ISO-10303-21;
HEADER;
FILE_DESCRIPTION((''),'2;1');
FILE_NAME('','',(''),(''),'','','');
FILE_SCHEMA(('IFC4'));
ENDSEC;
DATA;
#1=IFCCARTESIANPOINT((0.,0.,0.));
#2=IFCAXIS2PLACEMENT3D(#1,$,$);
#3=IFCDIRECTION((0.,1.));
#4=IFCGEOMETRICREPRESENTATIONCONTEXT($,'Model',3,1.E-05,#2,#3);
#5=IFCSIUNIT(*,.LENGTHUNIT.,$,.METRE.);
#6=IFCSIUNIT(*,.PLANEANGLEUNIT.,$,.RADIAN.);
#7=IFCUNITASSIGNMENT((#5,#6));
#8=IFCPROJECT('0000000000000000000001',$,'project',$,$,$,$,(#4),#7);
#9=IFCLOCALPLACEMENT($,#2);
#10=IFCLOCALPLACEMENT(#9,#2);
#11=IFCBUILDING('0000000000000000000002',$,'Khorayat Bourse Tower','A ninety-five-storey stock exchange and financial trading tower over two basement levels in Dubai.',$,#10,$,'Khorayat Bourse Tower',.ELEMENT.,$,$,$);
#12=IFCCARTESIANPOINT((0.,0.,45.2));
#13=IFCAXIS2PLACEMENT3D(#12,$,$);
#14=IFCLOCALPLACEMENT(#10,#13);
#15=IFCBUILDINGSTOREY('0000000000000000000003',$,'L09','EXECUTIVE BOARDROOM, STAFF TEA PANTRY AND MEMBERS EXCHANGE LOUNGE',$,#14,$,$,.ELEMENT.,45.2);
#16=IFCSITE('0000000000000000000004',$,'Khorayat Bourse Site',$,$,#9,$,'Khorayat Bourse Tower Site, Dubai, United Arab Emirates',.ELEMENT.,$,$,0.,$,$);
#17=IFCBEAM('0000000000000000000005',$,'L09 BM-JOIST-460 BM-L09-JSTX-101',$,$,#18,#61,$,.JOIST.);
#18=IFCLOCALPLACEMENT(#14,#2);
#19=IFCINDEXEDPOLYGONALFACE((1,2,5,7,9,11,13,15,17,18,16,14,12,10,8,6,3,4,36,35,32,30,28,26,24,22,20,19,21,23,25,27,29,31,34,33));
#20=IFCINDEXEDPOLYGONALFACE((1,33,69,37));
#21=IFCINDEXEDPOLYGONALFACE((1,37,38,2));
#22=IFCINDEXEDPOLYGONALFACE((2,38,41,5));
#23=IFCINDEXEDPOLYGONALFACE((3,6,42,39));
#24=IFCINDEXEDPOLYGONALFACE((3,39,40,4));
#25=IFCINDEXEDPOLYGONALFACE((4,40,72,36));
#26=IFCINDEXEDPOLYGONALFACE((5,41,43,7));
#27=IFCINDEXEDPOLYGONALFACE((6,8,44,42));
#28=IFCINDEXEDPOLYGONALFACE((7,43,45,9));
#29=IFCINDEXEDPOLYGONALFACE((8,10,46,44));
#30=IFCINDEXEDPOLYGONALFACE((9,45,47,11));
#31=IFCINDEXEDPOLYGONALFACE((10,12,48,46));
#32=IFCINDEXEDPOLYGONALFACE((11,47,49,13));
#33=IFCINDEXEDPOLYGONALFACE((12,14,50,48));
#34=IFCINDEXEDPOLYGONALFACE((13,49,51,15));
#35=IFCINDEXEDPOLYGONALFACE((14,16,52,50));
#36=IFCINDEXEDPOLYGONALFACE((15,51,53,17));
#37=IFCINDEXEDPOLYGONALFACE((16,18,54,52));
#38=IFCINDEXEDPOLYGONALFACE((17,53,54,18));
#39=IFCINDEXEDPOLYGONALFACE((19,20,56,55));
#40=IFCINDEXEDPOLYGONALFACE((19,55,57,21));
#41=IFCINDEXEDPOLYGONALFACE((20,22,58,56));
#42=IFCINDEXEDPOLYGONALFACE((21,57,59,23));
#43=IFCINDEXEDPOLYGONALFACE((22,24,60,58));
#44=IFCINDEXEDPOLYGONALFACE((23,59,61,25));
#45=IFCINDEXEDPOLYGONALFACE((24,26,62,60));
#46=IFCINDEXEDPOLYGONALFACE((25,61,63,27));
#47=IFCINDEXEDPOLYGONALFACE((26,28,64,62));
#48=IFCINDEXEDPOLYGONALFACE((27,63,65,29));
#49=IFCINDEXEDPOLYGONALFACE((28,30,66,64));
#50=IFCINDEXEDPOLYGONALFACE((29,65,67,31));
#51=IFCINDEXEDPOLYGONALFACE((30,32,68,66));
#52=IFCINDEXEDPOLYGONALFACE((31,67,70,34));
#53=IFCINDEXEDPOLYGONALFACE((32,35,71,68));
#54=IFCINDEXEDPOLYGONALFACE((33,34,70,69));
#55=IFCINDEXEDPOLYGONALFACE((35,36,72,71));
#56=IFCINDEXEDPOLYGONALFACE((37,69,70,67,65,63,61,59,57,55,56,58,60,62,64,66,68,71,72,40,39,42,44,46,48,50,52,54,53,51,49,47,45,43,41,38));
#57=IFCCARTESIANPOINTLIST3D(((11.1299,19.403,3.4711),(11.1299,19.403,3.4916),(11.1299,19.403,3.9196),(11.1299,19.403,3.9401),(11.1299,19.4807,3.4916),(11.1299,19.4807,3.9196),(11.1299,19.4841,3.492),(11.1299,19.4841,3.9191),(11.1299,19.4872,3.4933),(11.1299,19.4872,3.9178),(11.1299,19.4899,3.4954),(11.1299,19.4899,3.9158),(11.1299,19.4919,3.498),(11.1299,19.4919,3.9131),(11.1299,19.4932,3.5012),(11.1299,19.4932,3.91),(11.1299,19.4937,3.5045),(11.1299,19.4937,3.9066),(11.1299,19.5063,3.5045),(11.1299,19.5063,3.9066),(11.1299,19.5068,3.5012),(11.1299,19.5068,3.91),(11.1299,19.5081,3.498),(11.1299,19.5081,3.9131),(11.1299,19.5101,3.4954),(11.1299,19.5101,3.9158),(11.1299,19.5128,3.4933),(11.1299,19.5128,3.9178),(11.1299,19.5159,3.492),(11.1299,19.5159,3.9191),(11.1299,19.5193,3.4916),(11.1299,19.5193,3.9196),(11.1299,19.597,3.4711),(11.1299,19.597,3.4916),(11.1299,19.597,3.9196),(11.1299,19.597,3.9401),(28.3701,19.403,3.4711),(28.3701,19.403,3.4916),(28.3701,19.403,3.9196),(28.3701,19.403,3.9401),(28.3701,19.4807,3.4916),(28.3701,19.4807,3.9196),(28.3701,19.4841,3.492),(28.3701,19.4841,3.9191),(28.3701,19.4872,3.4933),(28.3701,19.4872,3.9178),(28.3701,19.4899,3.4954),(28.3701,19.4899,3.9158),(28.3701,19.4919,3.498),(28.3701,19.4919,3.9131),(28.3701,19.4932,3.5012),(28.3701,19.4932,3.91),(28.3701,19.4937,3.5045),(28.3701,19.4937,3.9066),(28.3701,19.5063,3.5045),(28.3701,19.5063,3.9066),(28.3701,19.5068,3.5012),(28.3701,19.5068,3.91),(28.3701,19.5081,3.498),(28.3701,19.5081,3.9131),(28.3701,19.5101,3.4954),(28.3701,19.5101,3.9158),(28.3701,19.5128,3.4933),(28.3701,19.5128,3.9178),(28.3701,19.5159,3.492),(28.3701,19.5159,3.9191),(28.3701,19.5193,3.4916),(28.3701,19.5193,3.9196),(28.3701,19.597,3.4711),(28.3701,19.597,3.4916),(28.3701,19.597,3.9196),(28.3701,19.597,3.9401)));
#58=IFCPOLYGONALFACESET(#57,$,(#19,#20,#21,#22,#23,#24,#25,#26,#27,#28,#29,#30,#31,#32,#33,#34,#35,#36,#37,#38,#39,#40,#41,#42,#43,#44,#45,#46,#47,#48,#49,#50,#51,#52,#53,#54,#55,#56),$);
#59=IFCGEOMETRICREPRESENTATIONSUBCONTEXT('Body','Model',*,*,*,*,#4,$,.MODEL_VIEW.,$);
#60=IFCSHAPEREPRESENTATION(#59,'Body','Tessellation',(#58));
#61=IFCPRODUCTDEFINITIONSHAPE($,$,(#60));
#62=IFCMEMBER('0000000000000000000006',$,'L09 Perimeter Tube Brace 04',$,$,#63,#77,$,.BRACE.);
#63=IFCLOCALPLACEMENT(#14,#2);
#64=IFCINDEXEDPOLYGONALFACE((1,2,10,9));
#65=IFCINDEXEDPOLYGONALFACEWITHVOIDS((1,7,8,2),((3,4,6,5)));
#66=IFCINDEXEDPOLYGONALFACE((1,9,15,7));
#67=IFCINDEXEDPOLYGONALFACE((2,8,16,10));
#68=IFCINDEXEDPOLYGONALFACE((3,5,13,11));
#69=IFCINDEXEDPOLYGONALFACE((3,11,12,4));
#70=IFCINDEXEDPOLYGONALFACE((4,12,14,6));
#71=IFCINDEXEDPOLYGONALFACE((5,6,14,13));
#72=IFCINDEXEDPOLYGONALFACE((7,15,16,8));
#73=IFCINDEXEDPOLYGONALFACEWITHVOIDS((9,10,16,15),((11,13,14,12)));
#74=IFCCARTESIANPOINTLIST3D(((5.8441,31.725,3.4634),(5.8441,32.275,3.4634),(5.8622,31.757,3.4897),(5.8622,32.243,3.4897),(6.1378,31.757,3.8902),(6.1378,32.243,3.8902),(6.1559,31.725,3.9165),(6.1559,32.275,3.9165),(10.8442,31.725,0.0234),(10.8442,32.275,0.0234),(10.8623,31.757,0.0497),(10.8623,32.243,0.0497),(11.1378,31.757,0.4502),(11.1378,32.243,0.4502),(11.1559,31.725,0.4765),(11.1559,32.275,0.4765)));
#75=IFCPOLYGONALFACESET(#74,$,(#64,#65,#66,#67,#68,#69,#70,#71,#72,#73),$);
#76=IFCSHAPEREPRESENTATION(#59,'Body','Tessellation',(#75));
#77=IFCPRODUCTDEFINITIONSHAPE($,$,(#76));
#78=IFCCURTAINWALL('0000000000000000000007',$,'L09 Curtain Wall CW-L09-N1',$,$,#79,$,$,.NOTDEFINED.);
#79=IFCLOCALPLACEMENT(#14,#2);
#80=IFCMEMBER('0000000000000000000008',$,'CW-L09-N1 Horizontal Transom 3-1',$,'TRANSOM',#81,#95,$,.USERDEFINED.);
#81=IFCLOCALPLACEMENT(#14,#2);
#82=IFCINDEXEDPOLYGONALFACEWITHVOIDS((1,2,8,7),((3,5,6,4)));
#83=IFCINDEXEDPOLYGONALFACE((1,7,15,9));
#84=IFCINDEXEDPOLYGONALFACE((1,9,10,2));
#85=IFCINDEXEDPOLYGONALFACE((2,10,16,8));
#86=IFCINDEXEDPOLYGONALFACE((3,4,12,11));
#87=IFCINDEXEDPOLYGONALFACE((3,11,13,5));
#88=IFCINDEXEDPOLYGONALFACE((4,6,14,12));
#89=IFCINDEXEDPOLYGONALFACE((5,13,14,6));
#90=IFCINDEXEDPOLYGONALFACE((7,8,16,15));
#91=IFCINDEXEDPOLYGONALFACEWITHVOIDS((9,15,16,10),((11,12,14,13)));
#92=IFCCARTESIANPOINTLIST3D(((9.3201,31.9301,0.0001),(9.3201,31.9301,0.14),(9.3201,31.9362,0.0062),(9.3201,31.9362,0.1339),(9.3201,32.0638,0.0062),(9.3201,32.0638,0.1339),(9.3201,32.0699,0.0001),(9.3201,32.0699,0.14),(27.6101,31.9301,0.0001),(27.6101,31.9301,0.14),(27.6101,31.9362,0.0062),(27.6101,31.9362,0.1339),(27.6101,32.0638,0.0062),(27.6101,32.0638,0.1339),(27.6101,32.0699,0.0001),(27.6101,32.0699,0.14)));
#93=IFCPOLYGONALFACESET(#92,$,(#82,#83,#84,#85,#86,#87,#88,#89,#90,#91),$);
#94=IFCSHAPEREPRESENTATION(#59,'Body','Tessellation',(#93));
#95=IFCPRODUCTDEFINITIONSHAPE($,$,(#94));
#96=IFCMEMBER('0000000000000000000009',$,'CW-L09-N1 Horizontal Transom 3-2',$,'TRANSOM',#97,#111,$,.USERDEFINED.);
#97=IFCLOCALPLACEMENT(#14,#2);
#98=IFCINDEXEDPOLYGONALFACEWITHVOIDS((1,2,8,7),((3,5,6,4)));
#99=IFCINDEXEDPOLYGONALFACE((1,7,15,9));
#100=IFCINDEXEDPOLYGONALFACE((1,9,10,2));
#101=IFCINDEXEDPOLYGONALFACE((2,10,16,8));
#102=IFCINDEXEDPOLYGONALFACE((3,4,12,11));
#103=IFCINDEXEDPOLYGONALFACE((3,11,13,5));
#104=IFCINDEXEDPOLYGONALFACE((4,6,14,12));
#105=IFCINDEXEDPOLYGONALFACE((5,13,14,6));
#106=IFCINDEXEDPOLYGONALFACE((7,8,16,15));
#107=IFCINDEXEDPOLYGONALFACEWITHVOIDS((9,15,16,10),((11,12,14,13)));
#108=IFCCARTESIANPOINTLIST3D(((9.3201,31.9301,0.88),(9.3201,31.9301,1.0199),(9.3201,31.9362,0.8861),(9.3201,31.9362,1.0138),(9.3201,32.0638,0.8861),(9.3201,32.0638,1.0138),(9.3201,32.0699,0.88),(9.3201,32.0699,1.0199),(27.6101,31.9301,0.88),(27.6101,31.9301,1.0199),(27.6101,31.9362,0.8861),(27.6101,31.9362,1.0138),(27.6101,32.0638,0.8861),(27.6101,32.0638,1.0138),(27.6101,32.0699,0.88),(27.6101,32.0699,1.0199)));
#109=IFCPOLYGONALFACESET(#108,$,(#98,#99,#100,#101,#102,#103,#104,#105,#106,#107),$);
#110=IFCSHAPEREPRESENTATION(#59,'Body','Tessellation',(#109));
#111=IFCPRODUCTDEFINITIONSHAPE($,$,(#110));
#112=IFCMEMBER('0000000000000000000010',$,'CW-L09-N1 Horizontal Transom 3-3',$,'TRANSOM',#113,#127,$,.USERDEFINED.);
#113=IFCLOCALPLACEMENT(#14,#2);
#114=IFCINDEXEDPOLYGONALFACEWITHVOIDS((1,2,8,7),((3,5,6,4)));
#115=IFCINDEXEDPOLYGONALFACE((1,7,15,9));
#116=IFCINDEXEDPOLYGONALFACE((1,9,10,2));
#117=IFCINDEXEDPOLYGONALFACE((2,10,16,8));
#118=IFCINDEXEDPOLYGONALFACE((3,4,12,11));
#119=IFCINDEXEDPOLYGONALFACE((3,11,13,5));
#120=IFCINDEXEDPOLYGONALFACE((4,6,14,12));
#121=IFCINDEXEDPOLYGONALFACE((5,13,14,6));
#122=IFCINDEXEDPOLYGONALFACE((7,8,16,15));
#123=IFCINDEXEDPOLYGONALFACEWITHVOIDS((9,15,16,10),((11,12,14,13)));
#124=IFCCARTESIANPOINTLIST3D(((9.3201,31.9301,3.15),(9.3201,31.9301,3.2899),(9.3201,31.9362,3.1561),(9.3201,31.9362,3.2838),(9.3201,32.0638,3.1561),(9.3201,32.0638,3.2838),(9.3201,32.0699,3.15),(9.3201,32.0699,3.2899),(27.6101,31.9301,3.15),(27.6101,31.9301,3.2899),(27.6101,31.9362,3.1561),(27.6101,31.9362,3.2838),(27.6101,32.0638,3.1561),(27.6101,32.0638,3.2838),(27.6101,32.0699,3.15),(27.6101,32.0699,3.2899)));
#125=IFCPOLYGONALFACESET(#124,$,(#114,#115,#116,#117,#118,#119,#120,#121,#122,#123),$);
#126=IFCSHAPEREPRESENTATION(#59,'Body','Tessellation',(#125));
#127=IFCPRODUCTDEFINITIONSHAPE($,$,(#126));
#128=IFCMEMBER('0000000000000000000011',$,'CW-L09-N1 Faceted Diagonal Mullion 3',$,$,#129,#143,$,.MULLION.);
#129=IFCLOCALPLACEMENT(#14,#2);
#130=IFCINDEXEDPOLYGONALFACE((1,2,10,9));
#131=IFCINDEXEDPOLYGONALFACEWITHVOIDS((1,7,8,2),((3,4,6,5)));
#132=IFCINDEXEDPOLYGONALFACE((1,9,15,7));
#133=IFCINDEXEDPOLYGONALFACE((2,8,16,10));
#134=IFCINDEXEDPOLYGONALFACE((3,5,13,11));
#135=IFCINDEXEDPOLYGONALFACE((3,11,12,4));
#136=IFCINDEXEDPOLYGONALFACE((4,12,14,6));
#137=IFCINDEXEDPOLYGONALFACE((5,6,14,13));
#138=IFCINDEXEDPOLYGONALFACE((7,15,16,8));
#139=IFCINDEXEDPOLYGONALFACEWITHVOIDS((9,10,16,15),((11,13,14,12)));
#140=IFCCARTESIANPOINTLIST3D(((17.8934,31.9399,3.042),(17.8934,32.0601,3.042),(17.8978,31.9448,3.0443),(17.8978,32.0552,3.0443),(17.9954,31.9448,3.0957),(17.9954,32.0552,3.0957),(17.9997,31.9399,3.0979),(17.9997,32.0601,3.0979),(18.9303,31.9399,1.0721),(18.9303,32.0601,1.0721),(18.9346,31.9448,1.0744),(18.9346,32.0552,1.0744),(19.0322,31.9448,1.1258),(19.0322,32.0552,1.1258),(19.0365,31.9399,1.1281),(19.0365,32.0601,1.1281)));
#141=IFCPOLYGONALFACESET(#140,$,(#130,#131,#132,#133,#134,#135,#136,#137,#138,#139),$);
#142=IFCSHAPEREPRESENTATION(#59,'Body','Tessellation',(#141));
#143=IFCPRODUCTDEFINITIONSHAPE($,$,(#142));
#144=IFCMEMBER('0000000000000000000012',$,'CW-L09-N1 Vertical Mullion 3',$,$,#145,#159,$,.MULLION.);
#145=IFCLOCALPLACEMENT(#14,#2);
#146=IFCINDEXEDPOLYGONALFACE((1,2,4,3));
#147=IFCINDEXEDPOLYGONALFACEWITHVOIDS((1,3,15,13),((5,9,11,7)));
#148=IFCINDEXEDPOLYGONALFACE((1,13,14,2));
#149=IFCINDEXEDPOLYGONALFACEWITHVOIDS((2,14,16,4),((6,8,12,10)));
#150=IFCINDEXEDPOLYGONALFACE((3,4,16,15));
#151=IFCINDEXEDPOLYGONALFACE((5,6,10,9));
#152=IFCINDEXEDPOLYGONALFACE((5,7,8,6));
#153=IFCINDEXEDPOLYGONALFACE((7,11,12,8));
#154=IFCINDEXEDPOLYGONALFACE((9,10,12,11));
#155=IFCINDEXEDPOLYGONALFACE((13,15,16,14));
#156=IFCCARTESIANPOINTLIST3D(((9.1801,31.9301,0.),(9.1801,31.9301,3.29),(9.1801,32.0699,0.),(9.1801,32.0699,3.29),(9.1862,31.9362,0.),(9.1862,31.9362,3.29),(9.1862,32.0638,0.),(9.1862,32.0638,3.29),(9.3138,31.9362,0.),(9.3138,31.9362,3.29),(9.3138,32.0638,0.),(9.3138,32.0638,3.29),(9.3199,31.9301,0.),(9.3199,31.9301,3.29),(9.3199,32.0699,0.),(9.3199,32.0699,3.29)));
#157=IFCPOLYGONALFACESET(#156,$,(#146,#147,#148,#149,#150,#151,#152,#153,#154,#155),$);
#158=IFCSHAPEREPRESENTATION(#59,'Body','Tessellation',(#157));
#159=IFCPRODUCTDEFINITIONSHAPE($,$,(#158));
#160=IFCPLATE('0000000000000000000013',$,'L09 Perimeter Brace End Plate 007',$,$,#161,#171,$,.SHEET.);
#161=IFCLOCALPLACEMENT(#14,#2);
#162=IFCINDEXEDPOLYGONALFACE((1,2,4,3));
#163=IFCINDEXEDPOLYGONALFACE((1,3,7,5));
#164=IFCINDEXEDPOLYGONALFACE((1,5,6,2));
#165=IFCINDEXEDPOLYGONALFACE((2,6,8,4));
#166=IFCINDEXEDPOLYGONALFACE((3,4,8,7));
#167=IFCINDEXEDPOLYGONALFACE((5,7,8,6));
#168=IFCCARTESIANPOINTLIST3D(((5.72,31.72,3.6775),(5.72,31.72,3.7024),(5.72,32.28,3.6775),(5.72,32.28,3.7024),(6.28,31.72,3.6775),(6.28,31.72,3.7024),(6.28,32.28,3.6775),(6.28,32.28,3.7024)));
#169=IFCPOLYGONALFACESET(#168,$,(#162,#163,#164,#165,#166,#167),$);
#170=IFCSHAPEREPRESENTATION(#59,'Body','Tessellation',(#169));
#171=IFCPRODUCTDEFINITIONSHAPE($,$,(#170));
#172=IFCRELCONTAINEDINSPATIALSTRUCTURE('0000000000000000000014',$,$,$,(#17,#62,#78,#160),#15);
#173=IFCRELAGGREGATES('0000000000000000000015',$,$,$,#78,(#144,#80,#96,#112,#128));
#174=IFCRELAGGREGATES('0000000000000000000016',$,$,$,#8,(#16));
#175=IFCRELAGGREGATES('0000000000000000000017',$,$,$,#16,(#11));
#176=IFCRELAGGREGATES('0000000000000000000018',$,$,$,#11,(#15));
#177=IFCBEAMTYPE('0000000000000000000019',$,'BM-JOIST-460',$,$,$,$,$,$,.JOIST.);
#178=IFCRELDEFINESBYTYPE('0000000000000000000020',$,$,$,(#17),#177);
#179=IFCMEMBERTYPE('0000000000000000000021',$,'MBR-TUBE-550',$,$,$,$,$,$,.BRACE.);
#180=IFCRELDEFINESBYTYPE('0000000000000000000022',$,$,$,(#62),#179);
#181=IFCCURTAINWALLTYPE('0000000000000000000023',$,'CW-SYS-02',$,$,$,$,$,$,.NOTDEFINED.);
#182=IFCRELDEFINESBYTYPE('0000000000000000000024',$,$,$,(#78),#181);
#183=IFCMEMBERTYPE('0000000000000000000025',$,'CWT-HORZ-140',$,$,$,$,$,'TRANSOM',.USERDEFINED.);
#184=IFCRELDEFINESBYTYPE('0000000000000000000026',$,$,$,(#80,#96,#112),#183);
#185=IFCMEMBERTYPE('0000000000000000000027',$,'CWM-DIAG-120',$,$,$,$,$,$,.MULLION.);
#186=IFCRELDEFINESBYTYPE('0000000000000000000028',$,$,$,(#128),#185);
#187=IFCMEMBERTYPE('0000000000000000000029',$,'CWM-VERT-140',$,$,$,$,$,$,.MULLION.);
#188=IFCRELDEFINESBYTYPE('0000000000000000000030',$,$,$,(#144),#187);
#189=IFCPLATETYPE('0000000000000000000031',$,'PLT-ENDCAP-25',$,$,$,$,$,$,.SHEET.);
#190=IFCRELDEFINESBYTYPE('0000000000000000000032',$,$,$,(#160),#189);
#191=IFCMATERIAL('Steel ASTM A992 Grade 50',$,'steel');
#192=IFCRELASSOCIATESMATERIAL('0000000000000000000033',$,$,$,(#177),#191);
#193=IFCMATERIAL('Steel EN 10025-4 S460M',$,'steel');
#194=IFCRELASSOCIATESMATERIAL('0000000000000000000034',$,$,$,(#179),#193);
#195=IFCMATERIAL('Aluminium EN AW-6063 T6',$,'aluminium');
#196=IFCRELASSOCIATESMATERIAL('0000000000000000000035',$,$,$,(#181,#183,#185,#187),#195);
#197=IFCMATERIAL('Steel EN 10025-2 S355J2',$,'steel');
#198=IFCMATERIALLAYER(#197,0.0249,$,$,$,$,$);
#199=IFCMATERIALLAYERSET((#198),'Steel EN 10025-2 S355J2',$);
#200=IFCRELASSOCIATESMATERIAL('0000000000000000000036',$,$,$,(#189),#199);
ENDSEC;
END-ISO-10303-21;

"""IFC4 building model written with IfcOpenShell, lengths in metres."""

from ifc_helpers import new_model, si_unit, direction, frame, origin, origin_2d, place, context, subcontext, project, spatial, rectangle, hollow_rectangle, i_section, extrude, source, transform, mapped, material, layer, layer_set, material_profile, profile_set, type_object, element, aggregate, save


model = new_model("IFC4")

# Units and contexts
model_context = context("Model", 3, precision=1e-05, world=origin(), true_north=direction((0.0, 1.0)))
body_context = subcontext(model_context, "Body", "Model", "MODEL_VIEW")
ifc_project = project(units=[si_unit("LENGTHUNIT", "METRE"), si_unit("PLANEANGLEUNIT", "RADIAN")], contexts=[model_context])

# Site, building, storey
site_placement = place(None, origin())
site = spatial("IfcSite", under=ifc_project, at=site_placement, Name="Khorayat Bourse Site", LongName="Khorayat Bourse Tower Site, Dubai, United Arab Emirates", CompositionType="ELEMENT", RefElevation=0.0)
building_placement = place(site_placement, origin())
building = spatial("IfcBuilding", under=site, at=building_placement, Name="Khorayat Bourse Tower", Description="A ninety-five-storey stock exchange and financial trading tower over two basement levels in Dubai.", LongName="Khorayat Bourse Tower", CompositionType="ELEMENT")
storey_placement = place(building_placement, frame((0.0, 0.0, 45.2)))
storey = spatial("IfcBuildingStorey", under=building, at=storey_placement, Name="L09", Description="EXECUTIVE BOARDROOM, STAFF TEA PANTRY AND MEMBERS EXCHANGE LOUNGE", CompositionType="ELEMENT", Elevation=45.2)

# Shared definitions
ifc_material_1 = material(Name="Steel EN 10025-4 S460M", Category="steel")

# Beam
ifc_material_2 = material(Name="Steel ASTM A992 Grade 50", Category="steel")
ifc_material_profile_1 = material_profile(ifc_material_2, i_section(OverallWidth=0.1941, OverallDepth=0.469, WebThickness=0.0127, FlangeThickness=0.0205, FilletRadius=0.0129, at=origin_2d()), Name="W460X106")
ifc_profile_set_1 = profile_set([ifc_material_profile_1], Name="Steel ASTM A992 Grade 50")
beam_type_1 = type_object("IfcBeamType", Name="BM-JOIST-460", PredefinedType="JOIST", material=ifc_profile_set_1)
shared_shape_1 = source(origin(), body_context, "Body", "SweptSolid", [
    extrude(i_section(OverallWidth=0.1941, OverallDepth=0.469, WebThickness=0.0127, FlangeThickness=0.0205, FilletRadius=0.0129, at=origin_2d()), origin(), (0.0, 0.0, 1.0), 17.2402),
])
beam_1_placement = place(storey_placement, frame((11.1299, 19.5, 3.7056), z_axis=(1.0, 0.0, 0.0), x_axis=(0.0, 1.0, 0.0)))
element("IfcBeam", 1, at=beam_1_placement, inside=storey, type_object=beam_type_1, Name="L09 BM-JOIST-460 BM-L09-JSTX-101", PredefinedType="JOIST", context=body_context, shape_type="MappedRepresentation", body=[
    mapped(shared_shape_1, transform((0.0, 0.0, 0.0), scale=1.0)),
])

# Member
ifc_material_profile_2 = material_profile(ifc_material_1, hollow_rectangle(XDim=0.55, YDim=0.55, WallThickness=0.032, at=origin_2d()), Name="HSS 550x550x32")
ifc_profile_set_2 = profile_set([ifc_material_profile_2], Name="Steel EN 10025-4 S460M")
member_type_1 = type_object("IfcMemberType", Name="MBR-TUBE-550", PredefinedType="BRACE", material=ifc_profile_set_2)
shared_shape_2 = source(origin(), body_context, "Body", "SweptSolid", [
    extrude(hollow_rectangle(XDim=0.55, YDim=0.55, WallThickness=0.032, at=origin_2d()), origin(), (0.0, 0.0, 1.0), 6.0691),
])
member_1_placement = place(storey_placement, frame((6.0, 32.0, 3.6899), z_axis=(0.823854, 0.0, -0.566802), x_axis=(0.0, 1.0, 0.0)))
element("IfcMember", 2, at=member_1_placement, inside=storey, type_object=member_type_1, Name="L09 Perimeter Tube Brace 04", PredefinedType="BRACE", context=body_context, shape_type="MappedRepresentation", body=[
    mapped(shared_shape_2, transform((0.0, 0.0, 0.0), scale=1.0)),
])

# Curtain wall, members
ifc_material_3 = material(Name="Aluminium EN AW-6063 T6", Category="aluminium")
curtain_wall_type = type_object("IfcCurtainWallType", Name="CW-SYS-02", PredefinedType="NOTDEFINED", material=ifc_material_3)
curtain_wall_placement = place(storey_placement, origin())
curtain_wall = element("IfcCurtainWall", 3, at=curtain_wall_placement, inside=storey, type_object=curtain_wall_type, Name="L09 Curtain Wall CW-L09-N1", PredefinedType="NOTDEFINED")
ifc_material_profile_3 = material_profile(ifc_material_3, hollow_rectangle(XDim=0.1399, YDim=0.1399, WallThickness=0.0061, at=origin_2d()), Name="ALU 140x140x6")
ifc_profile_set_3 = profile_set([ifc_material_profile_3], Name="Aluminium EN AW-6063 T6")
member_type_2 = type_object("IfcMemberType", Name="CWT-HORZ-140", ElementType="TRANSOM", PredefinedType="USERDEFINED", material=ifc_profile_set_3)
shared_shape_3 = source(origin(), body_context, "Body", "SweptSolid", [
    extrude(hollow_rectangle(XDim=0.1399, YDim=0.1399, WallThickness=0.0061, at=origin_2d()), origin(), (0.0, 0.0, 1.0), 18.29),
])
member_2_placement = place(storey_placement, frame((9.3201, 32.0, 0.0701), z_axis=(1.0, 0.0, 0.0), x_axis=(0.0, 1.0, 0.0)))
member_2 = element("IfcMember", 4, at=member_2_placement, type_object=member_type_2, Name="CW-L09-N1 Horizontal Transom 3-1", ObjectType="TRANSOM", PredefinedType="USERDEFINED", context=body_context, shape_type="MappedRepresentation", body=[
    mapped(shared_shape_3, transform((0.0, 0.0, 0.0), scale=1.0)),
])
member_3_placement = place(storey_placement, frame((9.3201, 32.0, 0.95), z_axis=(1.0, 0.0, 0.0), x_axis=(0.0, 1.0, 0.0)))
member_3 = element("IfcMember", 5, at=member_3_placement, type_object=member_type_2, Name="CW-L09-N1 Horizontal Transom 3-2", ObjectType="TRANSOM", PredefinedType="USERDEFINED", context=body_context, shape_type="MappedRepresentation", body=[
    mapped(shared_shape_3, transform((0.0, 0.0, 0.0), scale=1.0)),
])
member_4_placement = place(storey_placement, frame((9.3201, 32.0, 3.22), z_axis=(1.0, 0.0, 0.0), x_axis=(0.0, 1.0, 0.0)))
member_4 = element("IfcMember", 6, at=member_4_placement, type_object=member_type_2, Name="CW-L09-N1 Horizontal Transom 3-3", ObjectType="TRANSOM", PredefinedType="USERDEFINED", context=body_context, shape_type="MappedRepresentation", body=[
    mapped(shared_shape_3, transform((0.0, 0.0, 0.0), scale=1.0)),
])
ifc_material_profile_4 = material_profile(ifc_material_3, hollow_rectangle(XDim=0.1201, YDim=0.1201, WallThickness=0.0049, at=origin_2d()), Name="ALU 120x120x5")
ifc_profile_set_4 = profile_set([ifc_material_profile_4], Name="Aluminium EN AW-6063 T6")
member_type_3 = type_object("IfcMemberType", Name="CWM-DIAG-120", PredefinedType="MULLION", material=ifc_profile_set_4)
shared_shape_4 = source(origin(), body_context, "Body", "SweptSolid", [
    extrude(hollow_rectangle(XDim=0.1201, YDim=0.1201, WallThickness=0.0049, at=origin_2d()), origin(), (0.0, 0.0, 1.0), 2.2261),
])
member_5_placement = place(storey_placement, frame((18.9834, 32.0, 1.1001), z_axis=(-0.46576, 0.0, 0.884911), x_axis=(0.0, -1.0, 0.0)))
member_5 = element("IfcMember", 7, at=member_5_placement, type_object=member_type_3, Name="CW-L09-N1 Faceted Diagonal Mullion 3", PredefinedType="MULLION", context=body_context, shape_type="MappedRepresentation", body=[
    mapped(shared_shape_4, transform((0.0, 0.0, 0.0), scale=1.0)),
])
ifc_material_profile_5 = material_profile(ifc_material_3, hollow_rectangle(XDim=0.1399, YDim=0.1399, WallThickness=0.0061, at=origin_2d()), Name="ALU 140x140x6")
ifc_profile_set_5 = profile_set([ifc_material_profile_5], Name="Aluminium EN AW-6063 T6")
member_type_4 = type_object("IfcMemberType", Name="CWM-VERT-140", PredefinedType="MULLION", material=ifc_profile_set_5)
shared_shape_5 = source(origin(), body_context, "Body", "SweptSolid", [
    extrude(hollow_rectangle(XDim=0.1399, YDim=0.1399, WallThickness=0.0061, at=origin_2d()), origin(), (0.0, 0.0, 1.0), 3.29),
])
member_6_placement = place(storey_placement, frame((9.25, 32.0, 0.0), z_axis=(0.0, 0.0, 1.0), x_axis=(0.0, 1.0, 0.0)))
member_6 = element("IfcMember", 8, at=member_6_placement, type_object=member_type_4, Name="CW-L09-N1 Vertical Mullion 3", PredefinedType="MULLION", context=body_context, shape_type="MappedRepresentation", body=[
    mapped(shared_shape_5, transform((0.0, 0.0, 0.0), scale=1.0)),
])

# Plate
ifc_material_4 = material(Name="Steel EN 10025-2 S355J2", Category="steel")
ifc_layer_1 = layer(ifc_material_4, 0.0249)
ifc_layer_set_1 = layer_set([ifc_layer_1], Name="Steel EN 10025-2 S355J2")
plate_type_1 = type_object("IfcPlateType", Name="PLT-ENDCAP-25", PredefinedType="SHEET", material=ifc_layer_set_1)
shared_shape_6 = source(origin(), body_context, "Body", "SweptSolid", [
    extrude(rectangle(XDim=0.5601, YDim=0.5601, at=origin_2d()), origin(), (0.0, 0.0, 1.0), 0.0249),
])
for number, where, z_axis, x_axis, name in (
    (9, (6.0, 32.0, 3.6775), (0.0, 0.0, 1.0), (1.0, 0.0, 0.0), "L09 Perimeter Brace End Plate 007"),
):
    element("IfcPlate", number, at=place(storey_placement, frame(where, z_axis=z_axis, x_axis=x_axis)), inside=storey, type_object=plate_type_1, Name=name, PredefinedType="SHEET", context=body_context, shape_type="MappedRepresentation", body=[
        mapped(shared_shape_6, transform((0.0, 0.0, 0.0), scale=1.0)),
    ])

aggregate(curtain_wall, [member_6, member_2, member_3, member_4, member_5])

save(model, "model.ifc")
